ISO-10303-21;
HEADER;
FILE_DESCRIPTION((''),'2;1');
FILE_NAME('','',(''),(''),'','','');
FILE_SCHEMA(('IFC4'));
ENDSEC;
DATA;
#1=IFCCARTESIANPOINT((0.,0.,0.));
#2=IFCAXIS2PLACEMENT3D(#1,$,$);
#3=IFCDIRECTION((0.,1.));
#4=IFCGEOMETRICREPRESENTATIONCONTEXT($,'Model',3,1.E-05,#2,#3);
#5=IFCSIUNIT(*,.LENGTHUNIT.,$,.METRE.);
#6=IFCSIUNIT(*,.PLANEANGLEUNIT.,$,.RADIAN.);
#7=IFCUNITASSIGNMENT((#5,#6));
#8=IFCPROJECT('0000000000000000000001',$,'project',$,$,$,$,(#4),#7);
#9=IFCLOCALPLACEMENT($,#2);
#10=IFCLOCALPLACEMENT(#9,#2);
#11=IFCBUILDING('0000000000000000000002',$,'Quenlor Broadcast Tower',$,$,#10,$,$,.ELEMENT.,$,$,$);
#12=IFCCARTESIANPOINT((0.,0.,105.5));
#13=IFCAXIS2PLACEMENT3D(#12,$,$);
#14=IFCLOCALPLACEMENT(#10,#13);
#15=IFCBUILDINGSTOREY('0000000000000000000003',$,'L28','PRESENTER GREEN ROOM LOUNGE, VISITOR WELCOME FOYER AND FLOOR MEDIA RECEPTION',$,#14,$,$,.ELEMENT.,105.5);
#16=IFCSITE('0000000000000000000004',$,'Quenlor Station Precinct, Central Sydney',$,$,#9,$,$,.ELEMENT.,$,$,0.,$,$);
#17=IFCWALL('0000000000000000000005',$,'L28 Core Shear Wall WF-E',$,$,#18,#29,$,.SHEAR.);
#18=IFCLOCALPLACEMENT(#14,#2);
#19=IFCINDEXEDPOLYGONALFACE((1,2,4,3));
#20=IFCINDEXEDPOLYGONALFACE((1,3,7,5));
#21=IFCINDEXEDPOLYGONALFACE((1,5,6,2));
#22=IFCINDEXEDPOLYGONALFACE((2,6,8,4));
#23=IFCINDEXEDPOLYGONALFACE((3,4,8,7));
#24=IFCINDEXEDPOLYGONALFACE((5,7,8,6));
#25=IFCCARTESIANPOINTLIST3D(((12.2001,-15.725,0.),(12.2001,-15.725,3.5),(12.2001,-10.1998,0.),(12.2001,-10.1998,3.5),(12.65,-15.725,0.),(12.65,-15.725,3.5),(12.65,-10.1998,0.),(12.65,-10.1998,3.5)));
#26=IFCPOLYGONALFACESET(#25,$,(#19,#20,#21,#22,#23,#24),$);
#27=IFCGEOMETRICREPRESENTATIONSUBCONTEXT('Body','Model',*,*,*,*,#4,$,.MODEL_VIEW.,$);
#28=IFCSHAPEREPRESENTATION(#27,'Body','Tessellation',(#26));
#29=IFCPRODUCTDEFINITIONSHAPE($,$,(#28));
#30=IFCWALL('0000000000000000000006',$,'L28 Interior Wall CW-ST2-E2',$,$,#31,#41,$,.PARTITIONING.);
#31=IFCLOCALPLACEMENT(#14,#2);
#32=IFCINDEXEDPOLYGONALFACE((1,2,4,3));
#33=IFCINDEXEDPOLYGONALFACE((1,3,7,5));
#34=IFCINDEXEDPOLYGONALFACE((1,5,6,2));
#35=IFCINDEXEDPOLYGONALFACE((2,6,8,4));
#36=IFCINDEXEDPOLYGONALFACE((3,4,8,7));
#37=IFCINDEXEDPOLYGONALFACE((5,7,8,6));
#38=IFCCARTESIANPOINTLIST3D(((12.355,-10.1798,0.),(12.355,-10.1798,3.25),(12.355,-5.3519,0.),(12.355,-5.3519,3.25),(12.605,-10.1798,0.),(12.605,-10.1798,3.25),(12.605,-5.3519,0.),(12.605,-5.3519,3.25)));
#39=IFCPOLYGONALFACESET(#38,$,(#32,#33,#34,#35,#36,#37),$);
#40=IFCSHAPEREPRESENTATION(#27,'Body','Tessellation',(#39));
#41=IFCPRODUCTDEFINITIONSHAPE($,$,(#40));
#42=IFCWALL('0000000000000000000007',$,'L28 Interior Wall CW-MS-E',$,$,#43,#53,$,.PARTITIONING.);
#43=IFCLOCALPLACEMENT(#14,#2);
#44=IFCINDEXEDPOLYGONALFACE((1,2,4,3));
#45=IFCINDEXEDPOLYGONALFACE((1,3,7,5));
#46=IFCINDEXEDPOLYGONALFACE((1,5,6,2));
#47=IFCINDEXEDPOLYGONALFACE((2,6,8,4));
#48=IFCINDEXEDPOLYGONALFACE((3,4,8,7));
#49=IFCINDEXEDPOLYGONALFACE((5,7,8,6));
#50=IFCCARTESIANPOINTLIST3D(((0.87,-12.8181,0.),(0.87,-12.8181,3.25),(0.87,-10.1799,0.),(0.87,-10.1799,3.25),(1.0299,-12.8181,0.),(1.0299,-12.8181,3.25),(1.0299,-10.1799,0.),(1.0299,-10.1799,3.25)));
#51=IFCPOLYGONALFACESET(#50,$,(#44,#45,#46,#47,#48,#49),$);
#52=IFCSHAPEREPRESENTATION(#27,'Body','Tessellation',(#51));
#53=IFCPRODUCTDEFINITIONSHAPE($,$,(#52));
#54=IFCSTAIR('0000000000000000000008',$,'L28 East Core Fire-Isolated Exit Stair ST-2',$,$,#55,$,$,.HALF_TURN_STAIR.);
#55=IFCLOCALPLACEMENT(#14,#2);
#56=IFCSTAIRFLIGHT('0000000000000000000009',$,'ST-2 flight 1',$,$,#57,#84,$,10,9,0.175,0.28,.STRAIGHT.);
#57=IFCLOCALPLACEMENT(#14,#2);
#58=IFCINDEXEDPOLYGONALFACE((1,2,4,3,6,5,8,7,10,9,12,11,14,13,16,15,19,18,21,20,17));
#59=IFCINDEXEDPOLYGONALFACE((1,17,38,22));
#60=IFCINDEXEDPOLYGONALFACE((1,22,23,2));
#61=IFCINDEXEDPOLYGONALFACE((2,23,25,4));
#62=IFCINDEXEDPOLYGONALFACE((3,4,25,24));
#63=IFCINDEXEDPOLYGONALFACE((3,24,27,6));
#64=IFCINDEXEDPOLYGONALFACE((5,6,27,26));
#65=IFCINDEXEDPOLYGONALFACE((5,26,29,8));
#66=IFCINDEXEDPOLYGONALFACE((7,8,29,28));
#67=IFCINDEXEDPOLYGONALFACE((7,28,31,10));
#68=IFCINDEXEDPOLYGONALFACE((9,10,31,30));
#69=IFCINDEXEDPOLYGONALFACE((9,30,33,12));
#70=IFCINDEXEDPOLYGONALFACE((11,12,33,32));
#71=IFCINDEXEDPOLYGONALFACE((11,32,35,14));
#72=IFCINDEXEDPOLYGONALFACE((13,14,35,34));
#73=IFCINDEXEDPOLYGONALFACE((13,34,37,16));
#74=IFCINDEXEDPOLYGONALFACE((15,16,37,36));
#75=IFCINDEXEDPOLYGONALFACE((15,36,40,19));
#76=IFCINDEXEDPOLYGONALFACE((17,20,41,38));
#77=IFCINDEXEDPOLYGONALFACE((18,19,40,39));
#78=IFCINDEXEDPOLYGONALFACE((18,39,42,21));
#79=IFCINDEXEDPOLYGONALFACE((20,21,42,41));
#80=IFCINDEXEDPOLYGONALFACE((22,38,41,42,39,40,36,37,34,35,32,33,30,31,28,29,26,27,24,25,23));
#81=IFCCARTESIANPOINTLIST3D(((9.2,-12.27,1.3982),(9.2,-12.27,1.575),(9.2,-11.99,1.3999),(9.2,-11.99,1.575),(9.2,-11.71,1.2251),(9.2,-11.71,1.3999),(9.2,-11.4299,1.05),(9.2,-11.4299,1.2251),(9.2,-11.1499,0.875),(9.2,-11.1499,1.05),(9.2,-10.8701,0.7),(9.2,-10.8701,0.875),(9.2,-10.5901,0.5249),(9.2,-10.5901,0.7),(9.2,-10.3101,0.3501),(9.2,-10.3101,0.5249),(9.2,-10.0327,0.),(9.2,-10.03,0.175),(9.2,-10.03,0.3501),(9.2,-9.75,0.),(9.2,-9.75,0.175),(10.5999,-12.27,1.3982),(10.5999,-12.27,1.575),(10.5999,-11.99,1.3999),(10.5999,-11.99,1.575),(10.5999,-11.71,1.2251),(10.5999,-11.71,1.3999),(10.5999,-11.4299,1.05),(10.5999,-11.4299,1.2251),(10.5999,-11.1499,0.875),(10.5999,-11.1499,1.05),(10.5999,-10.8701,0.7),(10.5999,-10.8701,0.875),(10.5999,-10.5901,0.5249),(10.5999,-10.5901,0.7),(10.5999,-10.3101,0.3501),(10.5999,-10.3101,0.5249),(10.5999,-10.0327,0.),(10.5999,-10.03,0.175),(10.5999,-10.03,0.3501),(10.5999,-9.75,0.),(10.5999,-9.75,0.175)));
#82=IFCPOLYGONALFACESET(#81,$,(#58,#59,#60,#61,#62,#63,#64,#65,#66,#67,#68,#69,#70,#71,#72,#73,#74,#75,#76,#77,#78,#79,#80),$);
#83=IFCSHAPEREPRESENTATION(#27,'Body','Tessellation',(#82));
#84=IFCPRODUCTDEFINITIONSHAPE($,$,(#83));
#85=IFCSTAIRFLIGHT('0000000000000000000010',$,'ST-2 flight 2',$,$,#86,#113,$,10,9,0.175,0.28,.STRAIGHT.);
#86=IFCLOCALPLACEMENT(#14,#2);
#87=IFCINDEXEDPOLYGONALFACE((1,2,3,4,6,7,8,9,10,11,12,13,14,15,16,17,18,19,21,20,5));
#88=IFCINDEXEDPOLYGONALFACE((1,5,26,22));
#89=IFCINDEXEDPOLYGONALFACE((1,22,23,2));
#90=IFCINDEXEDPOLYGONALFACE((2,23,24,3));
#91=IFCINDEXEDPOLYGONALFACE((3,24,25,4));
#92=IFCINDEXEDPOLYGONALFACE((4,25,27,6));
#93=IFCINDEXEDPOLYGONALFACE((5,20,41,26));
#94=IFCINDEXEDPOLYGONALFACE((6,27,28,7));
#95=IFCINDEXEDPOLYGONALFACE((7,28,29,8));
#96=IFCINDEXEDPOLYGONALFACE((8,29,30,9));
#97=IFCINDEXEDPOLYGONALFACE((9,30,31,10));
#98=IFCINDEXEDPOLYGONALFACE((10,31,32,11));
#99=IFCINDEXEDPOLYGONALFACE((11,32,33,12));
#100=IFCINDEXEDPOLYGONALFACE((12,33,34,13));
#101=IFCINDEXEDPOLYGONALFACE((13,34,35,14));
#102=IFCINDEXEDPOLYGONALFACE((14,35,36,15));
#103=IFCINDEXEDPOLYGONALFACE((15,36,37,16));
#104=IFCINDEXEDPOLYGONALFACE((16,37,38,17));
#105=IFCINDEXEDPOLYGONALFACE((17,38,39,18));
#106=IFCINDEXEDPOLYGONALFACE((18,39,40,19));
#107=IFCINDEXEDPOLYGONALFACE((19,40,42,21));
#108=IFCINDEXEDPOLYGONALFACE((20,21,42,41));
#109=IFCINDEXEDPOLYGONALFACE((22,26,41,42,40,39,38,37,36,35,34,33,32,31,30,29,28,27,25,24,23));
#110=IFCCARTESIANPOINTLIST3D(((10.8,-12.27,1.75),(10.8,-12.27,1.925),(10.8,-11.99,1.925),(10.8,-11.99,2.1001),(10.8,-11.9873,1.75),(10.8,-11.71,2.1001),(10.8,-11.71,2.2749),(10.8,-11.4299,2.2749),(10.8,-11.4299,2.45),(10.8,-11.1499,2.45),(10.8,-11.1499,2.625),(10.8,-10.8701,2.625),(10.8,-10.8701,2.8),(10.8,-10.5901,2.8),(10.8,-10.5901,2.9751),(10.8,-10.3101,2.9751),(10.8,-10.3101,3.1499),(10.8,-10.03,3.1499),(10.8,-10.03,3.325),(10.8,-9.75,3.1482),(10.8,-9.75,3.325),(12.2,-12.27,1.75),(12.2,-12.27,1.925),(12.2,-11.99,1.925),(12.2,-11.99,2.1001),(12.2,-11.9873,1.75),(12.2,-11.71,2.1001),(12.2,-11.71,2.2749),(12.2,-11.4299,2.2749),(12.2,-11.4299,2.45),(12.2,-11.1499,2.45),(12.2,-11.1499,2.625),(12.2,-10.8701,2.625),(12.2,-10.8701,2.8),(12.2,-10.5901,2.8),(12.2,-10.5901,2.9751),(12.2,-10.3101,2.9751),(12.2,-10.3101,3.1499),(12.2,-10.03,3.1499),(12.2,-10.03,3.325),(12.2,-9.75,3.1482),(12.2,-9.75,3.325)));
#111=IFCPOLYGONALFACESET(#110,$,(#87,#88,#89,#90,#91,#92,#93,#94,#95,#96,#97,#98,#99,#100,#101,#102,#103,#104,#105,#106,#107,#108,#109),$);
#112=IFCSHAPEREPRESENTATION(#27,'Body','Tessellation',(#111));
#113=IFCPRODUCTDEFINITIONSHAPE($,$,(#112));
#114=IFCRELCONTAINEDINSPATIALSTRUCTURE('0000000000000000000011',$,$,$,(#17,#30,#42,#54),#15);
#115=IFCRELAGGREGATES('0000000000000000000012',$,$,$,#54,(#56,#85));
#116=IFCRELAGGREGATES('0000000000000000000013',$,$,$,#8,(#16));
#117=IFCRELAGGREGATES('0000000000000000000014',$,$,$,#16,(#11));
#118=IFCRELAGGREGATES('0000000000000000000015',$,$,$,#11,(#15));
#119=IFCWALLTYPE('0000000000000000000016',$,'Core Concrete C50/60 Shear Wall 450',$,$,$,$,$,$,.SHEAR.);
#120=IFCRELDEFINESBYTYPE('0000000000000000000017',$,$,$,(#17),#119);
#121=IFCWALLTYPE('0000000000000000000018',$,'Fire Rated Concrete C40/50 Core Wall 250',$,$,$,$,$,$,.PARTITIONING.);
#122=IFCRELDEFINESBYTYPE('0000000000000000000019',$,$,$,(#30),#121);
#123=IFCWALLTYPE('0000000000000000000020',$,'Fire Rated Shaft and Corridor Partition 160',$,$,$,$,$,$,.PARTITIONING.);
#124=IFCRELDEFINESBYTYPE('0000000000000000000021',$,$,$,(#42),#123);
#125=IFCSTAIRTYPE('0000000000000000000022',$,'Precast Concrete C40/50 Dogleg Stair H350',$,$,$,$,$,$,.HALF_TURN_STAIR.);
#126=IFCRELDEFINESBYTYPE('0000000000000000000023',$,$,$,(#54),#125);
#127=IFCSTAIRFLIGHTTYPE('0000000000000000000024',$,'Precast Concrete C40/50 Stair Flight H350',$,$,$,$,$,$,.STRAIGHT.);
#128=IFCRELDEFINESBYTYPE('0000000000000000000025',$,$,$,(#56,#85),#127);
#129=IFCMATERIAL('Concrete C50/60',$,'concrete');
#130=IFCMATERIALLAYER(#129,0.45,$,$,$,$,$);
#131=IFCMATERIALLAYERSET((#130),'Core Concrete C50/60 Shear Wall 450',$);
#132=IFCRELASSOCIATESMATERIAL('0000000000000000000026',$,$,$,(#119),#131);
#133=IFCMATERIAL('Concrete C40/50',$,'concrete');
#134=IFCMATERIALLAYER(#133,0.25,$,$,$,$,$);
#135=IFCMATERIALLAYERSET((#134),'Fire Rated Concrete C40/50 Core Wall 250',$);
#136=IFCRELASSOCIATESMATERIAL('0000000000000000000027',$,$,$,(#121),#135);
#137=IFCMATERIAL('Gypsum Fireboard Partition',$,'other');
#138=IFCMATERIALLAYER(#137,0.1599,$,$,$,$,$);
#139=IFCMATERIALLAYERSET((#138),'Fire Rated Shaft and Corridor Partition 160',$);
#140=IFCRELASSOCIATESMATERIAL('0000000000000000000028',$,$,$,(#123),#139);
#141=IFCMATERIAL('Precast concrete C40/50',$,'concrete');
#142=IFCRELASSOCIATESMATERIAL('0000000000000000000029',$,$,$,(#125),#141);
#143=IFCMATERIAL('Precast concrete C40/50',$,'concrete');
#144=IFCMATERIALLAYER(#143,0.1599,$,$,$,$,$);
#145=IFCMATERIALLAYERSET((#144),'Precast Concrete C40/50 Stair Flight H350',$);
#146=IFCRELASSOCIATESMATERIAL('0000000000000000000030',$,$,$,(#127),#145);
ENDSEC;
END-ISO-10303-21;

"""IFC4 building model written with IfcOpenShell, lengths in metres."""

from ifc_helpers import new_model, si_unit, direction, frame, frame_2d, origin, place, context, subcontext, project, spatial, polyline, rectangle, outline, extrude, material, layer, layer_set, type_object, element, aggregate, save


model = new_model("IFC4")

# Units and contexts
model_context = context("Model", 3, precision=1e-05, world=origin(), true_north=direction((0.0, 1.0)))
body_context = subcontext(model_context, "Body", "Model", "MODEL_VIEW")
ifc_project = project(units=[si_unit("LENGTHUNIT", "METRE"), si_unit("PLANEANGLEUNIT", "RADIAN")], contexts=[model_context])

# Site, building, storey
site_placement = place(None, origin())
site = spatial("IfcSite", under=ifc_project, at=site_placement, Name="Quenlor Station Precinct, Central Sydney", CompositionType="ELEMENT", RefElevation=0.0)
building_placement = place(site_placement, origin())
building = spatial("IfcBuilding", under=site, at=building_placement, Name="Quenlor Broadcast Tower", CompositionType="ELEMENT")
storey_placement = place(building_placement, frame((0.0, 0.0, 105.5)))
storey = spatial("IfcBuildingStorey", under=building, at=storey_placement, Name="L28", Description="PRESENTER GREEN ROOM LOUNGE, VISITOR WELCOME FOYER AND FLOOR MEDIA RECEPTION", CompositionType="ELEMENT", Elevation=105.5)

# Wall
ifc_material_1 = material(Name="Concrete C50/60", Category="concrete")
ifc_layer_1 = layer(ifc_material_1, 0.45)
ifc_layer_set_1 = layer_set([ifc_layer_1], Name="Core Concrete C50/60 Shear Wall 450")
wall_type_1 = type_object("IfcWallType", Name="Core Concrete C50/60 Shear Wall 450", PredefinedType="SHEAR", material=ifc_layer_set_1)
wall_1_placement = place(storey_placement, frame((12.425, -15.7251, 0.0), z_axis=(0.0, 0.0, 1.0), x_axis=(0.0, 1.0, 0.0)))
element("IfcWall", 1, at=wall_1_placement, inside=storey, type_object=wall_type_1, Name="L28 Core Shear Wall WF-E", PredefinedType="SHEAR", context=body_context, shape_type="SweptSolid", body=[
    extrude(rectangle(XDim=5.5251, YDim=0.45, at=frame_2d((2.7627, 0.0))), origin(), (0.0, 0.0, 1.0), 3.5),
])

# Shared definitions
ifc_material_2 = material(Name="Concrete C40/50", Category="concrete")
ifc_layer_2 = layer(ifc_material_2, 0.25)
ifc_layer_set_2 = layer_set([ifc_layer_2], Name="Fire Rated Concrete C40/50 Core Wall 250")
wall_type_2 = type_object("IfcWallType", Name="Fire Rated Concrete C40/50 Core Wall 250", PredefinedType="PARTITIONING", material=ifc_layer_set_2)

# Wall
wall_2_placement = place(storey_placement, frame((12.48, -10.1799, 0.0), z_axis=(0.0, 0.0, 1.0), x_axis=(0.0, 1.0, 0.0)))
element("IfcWall", 2, at=wall_2_placement, inside=storey, type_object=wall_type_2, Name="L28 Interior Wall CW-ST2-E2", PredefinedType="PARTITIONING", context=body_context, shape_type="SweptSolid", body=[
    extrude(rectangle(XDim=4.8279, YDim=0.25, at=frame_2d((2.4141, 0.0))), origin(), (0.0, 0.0, 1.0), 3.25),
])

# Wall
ifc_material_3 = material(Name="Gypsum Fireboard Partition", Category="other")
ifc_layer_3 = layer(ifc_material_3, 0.1599)
ifc_layer_set_3 = layer_set([ifc_layer_3], Name="Fire Rated Shaft and Corridor Partition 160")
wall_type_3 = type_object("IfcWallType", Name="Fire Rated Shaft and Corridor Partition 160", PredefinedType="PARTITIONING", material=ifc_layer_set_3)
wall_3_placement = place(storey_placement, frame((0.95, -12.8181, 0.0), z_axis=(0.0, 0.0, 1.0), x_axis=(0.0, 1.0, 0.0)))
element("IfcWall", 3, at=wall_3_placement, inside=storey, type_object=wall_type_3, Name="L28 Interior Wall CW-MS-E", PredefinedType="PARTITIONING", context=body_context, shape_type="SweptSolid", body=[
    extrude(rectangle(XDim=2.6382, YDim=0.1599, at=frame_2d((1.3191, 0.0))), origin(), (0.0, 0.0, 1.0), 3.25),
])

# Stair, stair flights
ifc_material_4 = material(Name="Precast concrete C40/50", Category="concrete")
stair_type = type_object("IfcStairType", Name="Precast Concrete C40/50 Dogleg Stair H350", PredefinedType="HALF_TURN_STAIR", material=ifc_material_4)
stair_placement = place(storey_placement, origin())
stair = element("IfcStair", 4, at=stair_placement, inside=storey, type_object=stair_type, Name="L28 East Core Fire-Isolated Exit Stair ST-2", PredefinedType="HALF_TURN_STAIR")
ifc_material_5 = material(Name="Precast concrete C40/50", Category="concrete")
ifc_layer_4 = layer(ifc_material_5, 0.1599)
ifc_layer_set_4 = layer_set([ifc_layer_4], Name="Precast Concrete C40/50 Stair Flight H350")
stair_flight_type = type_object("IfcStairFlightType", Name="Precast Concrete C40/50 Stair Flight H350", PredefinedType="STRAIGHT", material=ifc_layer_set_4)
stair_flight_1_placement = place(storey_placement, frame((9.8999, -9.75, 0.0), z_axis=(0.0, 0.0, 1.0), x_axis=(0.0, -1.0, 0.0)))
stair_flight_1 = element("IfcStairFlight", 5, at=stair_flight_1_placement, type_object=stair_flight_type, Name="ST-2 flight 1", NumberOfRisers=10, NumberOfTreads=9, PredefinedType="STRAIGHT", RiserHeight=0.175, TreadLength=0.28, context=body_context, shape_type="SweptSolid", body=[
    extrude(outline(polyline([(0.0, 0.0), (0.0, 0.175), (0.28, 0.175), (0.28, 0.3501), (0.5601, 0.3501), (0.5601, 0.5249), (0.8401, 0.5249), (0.8401, 0.7), (1.1201, 0.7), (1.1201, 0.875), (1.3999, 0.875), (1.3999, 1.05), (1.6799, 1.05), (1.6799, 1.2251), (1.96, 1.2251), (1.96, 1.3999), (2.24, 1.3999), (2.24, 1.575), (2.52, 1.575), (2.52, 1.75), (2.52, 1.3982), (0.2827, 0.0), (0.0, 0.0)])), frame((0.0, 0.7, 0.0), z_axis=(0.0, -1.0, 0.0), x_axis=(1.0, 0.0, 0.0)), (0.0, 0.0, 1.0), 1.3999),
])
stair_flight_2_placement = place(storey_placement, frame((11.5, -12.27, 1.75), z_axis=(0.0, 0.0, 1.0), x_axis=(0.0, 1.0, 0.0)))
stair_flight_2 = element("IfcStairFlight", 6, at=stair_flight_2_placement, type_object=stair_flight_type, Name="ST-2 flight 2", NumberOfRisers=10, NumberOfTreads=9, PredefinedType="STRAIGHT", RiserHeight=0.175, TreadLength=0.28, context=body_context, shape_type="SweptSolid", body=[
    extrude(outline(polyline([(0.0, 0.0), (0.0, 0.175), (0.28, 0.175), (0.28, 0.3501), (0.5601, 0.3501), (0.5601, 0.5249), (0.8401, 0.5249), (0.8401, 0.7), (1.1201, 0.7), (1.1201, 0.875), (1.3999, 0.875), (1.3999, 1.05), (1.6799, 1.05), (1.6799, 1.2251), (1.96, 1.2251), (1.96, 1.3999), (2.24, 1.3999), (2.24, 1.575), (2.52, 1.575), (2.52, 1.75), (2.52, 1.3982), (0.2827, 0.0), (0.0, 0.0)])), frame((0.0, 0.7, 0.0), z_axis=(0.0, -1.0, 0.0), x_axis=(1.0, 0.0, 0.0)), (0.0, 0.0, 1.0), 1.3999),
])
aggregate(stair, [stair_flight_1, stair_flight_2])

save(model, "model.ifc")
